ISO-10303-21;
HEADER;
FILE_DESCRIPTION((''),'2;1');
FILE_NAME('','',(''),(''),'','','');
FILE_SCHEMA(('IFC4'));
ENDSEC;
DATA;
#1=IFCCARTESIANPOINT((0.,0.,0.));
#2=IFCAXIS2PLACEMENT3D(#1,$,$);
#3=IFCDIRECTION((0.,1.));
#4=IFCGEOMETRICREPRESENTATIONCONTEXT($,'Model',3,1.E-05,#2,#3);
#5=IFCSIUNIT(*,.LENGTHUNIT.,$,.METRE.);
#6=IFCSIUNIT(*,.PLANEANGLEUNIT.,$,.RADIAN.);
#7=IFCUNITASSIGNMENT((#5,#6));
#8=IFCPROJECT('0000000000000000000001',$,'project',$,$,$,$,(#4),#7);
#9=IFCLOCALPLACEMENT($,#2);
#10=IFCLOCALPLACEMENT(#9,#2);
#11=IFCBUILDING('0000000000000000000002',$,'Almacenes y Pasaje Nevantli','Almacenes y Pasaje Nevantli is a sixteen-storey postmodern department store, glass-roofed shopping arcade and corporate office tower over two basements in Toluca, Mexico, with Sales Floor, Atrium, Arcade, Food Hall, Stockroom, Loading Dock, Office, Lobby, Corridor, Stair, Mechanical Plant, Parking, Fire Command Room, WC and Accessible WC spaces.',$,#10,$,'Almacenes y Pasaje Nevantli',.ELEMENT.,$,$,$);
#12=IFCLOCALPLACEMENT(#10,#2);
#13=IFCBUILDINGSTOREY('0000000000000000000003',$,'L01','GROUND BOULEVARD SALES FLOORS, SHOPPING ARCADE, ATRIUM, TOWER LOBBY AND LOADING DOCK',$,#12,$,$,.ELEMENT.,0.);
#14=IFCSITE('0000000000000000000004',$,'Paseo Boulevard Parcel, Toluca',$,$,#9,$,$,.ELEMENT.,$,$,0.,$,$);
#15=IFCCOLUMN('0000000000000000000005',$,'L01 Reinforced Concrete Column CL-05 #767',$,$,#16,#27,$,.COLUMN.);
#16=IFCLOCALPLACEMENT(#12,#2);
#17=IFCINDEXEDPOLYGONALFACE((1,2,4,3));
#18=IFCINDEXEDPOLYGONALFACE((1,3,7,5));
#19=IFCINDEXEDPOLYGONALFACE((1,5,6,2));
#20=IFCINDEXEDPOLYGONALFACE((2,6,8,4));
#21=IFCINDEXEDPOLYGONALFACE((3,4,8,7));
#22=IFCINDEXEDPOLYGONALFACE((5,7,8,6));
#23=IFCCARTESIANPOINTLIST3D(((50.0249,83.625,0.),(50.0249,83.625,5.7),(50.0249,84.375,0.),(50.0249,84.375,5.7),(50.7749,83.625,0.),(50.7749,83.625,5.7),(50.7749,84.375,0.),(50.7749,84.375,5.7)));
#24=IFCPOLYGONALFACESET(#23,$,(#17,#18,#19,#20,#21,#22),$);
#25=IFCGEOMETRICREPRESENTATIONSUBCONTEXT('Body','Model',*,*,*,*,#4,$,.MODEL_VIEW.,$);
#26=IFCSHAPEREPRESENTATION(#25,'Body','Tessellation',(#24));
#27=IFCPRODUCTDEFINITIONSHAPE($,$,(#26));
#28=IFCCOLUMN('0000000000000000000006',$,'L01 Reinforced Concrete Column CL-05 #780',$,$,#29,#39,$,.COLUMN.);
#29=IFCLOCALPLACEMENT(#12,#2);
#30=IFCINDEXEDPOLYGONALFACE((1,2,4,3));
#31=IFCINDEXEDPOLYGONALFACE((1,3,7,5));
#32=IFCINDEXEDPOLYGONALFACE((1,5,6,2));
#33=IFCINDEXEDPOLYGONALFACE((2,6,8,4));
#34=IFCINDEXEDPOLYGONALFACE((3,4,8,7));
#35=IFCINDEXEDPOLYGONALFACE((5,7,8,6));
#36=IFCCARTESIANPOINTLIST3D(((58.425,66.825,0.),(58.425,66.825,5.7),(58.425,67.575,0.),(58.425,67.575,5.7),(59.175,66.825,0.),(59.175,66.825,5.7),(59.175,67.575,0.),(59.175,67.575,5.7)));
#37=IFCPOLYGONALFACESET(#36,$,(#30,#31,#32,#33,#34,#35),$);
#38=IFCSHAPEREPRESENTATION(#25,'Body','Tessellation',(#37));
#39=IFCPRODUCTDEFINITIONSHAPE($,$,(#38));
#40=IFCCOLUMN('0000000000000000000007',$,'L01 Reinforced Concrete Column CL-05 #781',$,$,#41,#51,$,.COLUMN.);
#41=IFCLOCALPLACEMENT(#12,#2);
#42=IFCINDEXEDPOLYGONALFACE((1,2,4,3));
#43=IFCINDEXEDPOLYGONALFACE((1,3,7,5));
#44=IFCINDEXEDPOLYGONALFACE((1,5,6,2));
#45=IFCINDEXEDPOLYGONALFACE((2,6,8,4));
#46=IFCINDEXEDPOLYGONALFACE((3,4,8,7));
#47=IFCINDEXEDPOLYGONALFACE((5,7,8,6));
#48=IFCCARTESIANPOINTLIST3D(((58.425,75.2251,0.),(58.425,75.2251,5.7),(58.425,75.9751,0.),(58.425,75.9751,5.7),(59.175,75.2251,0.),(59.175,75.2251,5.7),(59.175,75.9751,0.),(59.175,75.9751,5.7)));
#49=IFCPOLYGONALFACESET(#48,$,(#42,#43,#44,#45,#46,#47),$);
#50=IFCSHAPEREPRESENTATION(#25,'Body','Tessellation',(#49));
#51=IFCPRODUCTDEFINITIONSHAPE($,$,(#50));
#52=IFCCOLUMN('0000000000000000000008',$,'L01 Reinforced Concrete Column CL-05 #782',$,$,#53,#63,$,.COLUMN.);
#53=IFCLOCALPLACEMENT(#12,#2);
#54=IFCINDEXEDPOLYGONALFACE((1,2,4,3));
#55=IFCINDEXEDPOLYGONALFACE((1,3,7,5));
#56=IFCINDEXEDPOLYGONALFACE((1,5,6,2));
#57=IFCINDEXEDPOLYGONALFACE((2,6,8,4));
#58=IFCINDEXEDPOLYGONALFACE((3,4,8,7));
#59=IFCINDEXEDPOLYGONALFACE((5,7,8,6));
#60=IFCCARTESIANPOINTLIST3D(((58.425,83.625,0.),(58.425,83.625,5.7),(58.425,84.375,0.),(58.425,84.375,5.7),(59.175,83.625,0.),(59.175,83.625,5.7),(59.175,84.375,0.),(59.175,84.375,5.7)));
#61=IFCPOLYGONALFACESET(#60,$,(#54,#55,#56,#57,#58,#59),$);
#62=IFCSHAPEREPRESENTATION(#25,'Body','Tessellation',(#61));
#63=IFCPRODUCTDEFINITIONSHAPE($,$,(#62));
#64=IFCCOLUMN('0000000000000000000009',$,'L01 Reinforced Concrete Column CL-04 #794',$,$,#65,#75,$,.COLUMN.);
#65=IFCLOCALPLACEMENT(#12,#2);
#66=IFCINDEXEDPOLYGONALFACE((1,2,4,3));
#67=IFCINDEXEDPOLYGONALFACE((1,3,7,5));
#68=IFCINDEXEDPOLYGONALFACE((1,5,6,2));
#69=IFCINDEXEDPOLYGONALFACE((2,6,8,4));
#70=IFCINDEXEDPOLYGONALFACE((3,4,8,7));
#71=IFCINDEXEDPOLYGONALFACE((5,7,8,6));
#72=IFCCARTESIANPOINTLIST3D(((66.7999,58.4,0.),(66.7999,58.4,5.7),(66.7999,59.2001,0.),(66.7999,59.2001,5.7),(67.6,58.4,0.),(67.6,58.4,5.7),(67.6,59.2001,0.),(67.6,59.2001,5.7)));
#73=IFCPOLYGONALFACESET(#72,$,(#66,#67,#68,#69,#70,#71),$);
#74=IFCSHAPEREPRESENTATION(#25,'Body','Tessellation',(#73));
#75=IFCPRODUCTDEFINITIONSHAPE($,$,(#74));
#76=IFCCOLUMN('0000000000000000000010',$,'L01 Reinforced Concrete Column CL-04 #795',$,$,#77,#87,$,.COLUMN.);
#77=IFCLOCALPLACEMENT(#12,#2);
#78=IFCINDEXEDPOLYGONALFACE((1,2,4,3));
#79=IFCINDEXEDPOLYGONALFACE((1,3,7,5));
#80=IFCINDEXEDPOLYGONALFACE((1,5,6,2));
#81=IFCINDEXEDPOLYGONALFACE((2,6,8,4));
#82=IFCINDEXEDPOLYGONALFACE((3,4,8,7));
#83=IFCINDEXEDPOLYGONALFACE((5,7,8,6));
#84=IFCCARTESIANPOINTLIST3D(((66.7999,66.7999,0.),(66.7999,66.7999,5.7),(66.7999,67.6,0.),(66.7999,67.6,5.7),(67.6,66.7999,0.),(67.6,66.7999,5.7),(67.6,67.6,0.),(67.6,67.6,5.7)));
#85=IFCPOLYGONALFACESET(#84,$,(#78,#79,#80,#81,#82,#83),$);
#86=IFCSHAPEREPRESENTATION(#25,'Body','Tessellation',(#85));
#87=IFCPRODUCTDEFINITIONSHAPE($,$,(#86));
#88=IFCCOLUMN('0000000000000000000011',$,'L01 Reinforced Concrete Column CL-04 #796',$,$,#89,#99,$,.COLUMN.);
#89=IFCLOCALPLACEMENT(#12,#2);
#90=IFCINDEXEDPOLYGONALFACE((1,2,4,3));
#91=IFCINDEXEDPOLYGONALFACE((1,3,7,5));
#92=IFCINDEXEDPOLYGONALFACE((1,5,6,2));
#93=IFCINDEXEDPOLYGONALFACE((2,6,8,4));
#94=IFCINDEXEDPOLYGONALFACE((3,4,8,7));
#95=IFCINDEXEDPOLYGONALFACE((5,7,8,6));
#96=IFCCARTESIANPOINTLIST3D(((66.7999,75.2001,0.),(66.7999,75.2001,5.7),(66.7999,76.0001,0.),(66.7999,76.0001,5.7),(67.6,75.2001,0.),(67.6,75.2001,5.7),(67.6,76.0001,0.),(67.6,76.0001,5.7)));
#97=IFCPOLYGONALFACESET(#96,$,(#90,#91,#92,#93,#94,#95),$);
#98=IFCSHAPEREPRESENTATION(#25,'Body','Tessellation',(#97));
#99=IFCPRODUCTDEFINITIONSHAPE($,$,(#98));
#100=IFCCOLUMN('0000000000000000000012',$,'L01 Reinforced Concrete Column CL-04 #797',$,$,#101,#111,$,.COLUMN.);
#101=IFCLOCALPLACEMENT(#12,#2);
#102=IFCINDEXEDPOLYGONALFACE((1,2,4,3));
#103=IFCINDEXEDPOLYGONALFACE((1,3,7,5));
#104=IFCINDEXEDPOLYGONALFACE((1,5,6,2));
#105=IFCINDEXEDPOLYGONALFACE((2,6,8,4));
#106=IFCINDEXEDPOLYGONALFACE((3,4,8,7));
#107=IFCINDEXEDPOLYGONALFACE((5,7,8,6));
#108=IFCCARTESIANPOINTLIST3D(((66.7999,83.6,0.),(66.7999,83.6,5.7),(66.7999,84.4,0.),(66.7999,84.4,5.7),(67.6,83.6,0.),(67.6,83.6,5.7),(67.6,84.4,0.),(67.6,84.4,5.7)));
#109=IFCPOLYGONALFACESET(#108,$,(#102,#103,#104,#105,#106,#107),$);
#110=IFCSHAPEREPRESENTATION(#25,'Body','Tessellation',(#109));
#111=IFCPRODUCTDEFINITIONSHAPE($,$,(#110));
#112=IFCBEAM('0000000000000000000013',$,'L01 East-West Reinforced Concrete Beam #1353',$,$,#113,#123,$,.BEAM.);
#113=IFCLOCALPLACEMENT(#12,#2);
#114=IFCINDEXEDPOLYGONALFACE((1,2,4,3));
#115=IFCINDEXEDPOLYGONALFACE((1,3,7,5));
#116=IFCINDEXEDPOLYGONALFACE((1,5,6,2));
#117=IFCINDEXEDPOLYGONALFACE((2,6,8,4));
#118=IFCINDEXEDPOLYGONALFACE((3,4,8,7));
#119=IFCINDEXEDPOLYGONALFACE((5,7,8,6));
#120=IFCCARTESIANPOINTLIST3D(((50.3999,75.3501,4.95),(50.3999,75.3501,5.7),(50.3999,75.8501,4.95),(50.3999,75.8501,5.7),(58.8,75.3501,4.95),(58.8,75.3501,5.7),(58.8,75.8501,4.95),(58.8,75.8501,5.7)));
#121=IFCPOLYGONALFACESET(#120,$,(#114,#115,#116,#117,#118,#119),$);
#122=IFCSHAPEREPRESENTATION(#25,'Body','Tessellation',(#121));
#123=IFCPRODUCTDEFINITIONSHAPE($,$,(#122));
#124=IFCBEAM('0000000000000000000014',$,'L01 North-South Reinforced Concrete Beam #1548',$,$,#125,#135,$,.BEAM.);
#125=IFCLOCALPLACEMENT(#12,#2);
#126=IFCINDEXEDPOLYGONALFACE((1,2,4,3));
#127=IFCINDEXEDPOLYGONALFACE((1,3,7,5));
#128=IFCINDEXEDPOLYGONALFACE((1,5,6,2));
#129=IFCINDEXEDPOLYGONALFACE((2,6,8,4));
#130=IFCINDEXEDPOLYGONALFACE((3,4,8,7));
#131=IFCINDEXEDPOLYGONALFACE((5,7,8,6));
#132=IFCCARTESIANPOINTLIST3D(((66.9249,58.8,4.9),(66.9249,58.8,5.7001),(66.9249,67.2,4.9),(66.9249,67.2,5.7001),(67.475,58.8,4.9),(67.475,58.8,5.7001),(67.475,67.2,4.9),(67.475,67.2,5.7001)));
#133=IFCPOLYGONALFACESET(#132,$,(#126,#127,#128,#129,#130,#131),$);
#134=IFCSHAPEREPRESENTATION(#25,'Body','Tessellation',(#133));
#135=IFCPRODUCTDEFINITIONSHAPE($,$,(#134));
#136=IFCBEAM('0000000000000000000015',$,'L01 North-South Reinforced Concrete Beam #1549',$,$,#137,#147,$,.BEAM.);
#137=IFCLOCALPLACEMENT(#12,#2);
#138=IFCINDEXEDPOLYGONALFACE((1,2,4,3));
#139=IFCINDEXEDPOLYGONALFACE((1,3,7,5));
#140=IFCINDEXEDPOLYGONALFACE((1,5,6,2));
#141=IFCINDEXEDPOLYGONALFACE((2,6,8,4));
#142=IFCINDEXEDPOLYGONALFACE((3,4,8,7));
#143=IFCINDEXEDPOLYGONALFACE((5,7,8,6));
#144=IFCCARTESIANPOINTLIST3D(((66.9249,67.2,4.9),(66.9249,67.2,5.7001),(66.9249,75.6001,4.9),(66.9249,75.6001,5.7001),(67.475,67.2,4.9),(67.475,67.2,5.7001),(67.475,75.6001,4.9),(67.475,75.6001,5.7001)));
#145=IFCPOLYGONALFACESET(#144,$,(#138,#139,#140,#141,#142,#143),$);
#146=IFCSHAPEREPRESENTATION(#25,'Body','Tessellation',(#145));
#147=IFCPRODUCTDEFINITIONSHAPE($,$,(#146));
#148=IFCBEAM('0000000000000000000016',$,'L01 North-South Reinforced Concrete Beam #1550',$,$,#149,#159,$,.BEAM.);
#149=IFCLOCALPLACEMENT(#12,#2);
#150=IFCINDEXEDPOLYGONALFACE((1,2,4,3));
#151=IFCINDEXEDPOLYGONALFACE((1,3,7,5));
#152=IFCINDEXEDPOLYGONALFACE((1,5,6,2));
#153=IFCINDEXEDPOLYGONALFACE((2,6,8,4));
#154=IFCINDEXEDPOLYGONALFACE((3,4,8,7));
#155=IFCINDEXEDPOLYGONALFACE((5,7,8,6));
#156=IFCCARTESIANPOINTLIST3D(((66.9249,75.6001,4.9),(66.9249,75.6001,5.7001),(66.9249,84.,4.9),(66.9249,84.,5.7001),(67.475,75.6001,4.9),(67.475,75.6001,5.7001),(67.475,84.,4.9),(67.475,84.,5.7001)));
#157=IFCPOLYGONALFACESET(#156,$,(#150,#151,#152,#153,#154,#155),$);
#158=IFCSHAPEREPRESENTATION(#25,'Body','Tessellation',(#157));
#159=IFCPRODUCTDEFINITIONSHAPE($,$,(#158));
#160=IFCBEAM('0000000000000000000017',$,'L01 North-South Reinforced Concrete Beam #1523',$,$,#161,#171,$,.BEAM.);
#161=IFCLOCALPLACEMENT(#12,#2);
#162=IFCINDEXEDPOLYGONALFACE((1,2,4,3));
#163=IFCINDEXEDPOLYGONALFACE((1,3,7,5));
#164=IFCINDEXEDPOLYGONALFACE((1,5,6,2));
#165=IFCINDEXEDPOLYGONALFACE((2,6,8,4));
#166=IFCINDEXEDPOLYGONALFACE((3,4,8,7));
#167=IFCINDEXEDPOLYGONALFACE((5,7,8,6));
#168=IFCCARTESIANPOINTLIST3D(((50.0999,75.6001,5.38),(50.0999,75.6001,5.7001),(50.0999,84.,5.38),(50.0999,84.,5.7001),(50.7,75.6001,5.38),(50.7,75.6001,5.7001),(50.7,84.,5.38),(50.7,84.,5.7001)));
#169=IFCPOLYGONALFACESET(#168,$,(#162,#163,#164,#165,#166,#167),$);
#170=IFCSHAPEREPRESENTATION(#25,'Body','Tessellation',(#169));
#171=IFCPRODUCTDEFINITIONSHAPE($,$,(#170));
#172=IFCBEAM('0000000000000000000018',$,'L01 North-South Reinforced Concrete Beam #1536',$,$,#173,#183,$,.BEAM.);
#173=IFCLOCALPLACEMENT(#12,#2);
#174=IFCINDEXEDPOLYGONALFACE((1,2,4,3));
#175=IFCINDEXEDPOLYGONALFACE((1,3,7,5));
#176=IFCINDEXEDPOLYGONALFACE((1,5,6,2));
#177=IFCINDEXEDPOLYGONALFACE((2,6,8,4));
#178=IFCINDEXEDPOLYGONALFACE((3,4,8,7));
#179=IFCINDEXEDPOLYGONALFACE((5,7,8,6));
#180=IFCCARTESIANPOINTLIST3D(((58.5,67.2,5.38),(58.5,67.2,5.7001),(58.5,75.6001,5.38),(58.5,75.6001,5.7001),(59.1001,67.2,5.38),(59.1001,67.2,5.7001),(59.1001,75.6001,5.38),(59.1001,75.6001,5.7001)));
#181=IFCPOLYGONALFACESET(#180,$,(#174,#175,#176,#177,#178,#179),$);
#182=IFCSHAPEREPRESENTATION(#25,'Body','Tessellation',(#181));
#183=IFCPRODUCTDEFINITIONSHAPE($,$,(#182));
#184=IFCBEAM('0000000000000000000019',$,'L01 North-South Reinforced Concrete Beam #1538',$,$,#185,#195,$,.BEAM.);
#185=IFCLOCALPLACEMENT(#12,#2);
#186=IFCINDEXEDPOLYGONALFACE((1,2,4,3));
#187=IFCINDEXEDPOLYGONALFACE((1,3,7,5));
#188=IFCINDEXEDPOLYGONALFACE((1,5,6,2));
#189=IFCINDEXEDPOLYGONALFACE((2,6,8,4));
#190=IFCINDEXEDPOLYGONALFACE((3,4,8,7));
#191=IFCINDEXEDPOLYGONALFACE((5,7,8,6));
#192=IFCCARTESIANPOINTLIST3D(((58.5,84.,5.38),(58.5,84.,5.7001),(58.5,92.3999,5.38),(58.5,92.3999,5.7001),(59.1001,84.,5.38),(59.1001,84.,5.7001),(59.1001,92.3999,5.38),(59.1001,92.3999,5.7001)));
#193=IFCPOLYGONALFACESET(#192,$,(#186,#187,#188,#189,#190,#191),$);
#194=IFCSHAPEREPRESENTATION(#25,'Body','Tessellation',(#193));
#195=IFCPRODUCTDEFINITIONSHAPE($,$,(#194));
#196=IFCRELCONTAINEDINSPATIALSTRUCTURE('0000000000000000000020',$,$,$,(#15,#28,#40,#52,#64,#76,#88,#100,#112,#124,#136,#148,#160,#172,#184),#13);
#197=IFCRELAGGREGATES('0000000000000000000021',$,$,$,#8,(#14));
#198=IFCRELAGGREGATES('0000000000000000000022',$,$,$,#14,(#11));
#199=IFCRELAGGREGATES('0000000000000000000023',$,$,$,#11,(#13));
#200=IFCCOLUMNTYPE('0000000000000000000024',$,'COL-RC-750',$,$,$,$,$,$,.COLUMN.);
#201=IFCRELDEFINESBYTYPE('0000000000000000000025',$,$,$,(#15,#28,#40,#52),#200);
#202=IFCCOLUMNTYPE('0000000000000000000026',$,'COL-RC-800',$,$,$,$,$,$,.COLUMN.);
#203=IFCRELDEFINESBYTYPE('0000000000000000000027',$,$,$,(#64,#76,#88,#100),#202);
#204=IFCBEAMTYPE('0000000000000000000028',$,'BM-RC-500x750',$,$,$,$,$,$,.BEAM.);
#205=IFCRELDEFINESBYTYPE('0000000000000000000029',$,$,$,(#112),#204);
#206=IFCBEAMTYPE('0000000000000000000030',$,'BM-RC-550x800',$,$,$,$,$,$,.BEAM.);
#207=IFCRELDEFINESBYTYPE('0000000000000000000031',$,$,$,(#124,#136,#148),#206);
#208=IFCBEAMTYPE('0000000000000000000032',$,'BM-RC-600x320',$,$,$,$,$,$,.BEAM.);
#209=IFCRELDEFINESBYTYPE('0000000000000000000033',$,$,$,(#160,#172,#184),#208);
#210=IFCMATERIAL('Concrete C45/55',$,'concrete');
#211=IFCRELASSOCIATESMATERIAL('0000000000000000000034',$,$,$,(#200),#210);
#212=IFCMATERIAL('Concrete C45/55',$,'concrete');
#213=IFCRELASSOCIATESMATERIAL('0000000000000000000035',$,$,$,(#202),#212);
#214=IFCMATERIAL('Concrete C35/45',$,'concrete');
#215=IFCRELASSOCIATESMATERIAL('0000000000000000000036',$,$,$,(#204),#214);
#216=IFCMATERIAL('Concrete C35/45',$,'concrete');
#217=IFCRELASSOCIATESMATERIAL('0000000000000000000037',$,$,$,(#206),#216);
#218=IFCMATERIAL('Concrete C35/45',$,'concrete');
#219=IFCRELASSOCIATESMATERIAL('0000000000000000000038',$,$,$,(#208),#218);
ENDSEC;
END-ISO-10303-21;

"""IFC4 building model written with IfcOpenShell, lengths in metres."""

from ifc_helpers import new_model, si_unit, direction, frame, origin, origin_2d, place, context, subcontext, project, spatial, rectangle, extrude, material, material_profile, profile_set, type_object, element, save


model = new_model("IFC4")

# Units and contexts
model_context = context("Model", 3, precision=1e-05, world=origin(), true_north=direction((0.0, 1.0)))
body_context = subcontext(model_context, "Body", "Model", "MODEL_VIEW")
ifc_project = project(units=[si_unit("LENGTHUNIT", "METRE"), si_unit("PLANEANGLEUNIT", "RADIAN")], contexts=[model_context])

# Site, building, storey
site_placement = place(None, origin())
site = spatial("IfcSite", under=ifc_project, at=site_placement, Name="Paseo Boulevard Parcel, Toluca", CompositionType="ELEMENT", RefElevation=0.0)
building_placement = place(site_placement, origin())
building = spatial("IfcBuilding", under=site, at=building_placement, Name="Almacenes y Pasaje Nevantli", Description="Almacenes y Pasaje Nevantli is a sixteen-storey postmodern department store, glass-roofed shopping arcade and corporate office tower over two basements in Toluca, Mexico, with Sales Floor, Atrium, Arcade, Food Hall, Stockroom, Loading Dock, Office, Lobby, Corridor, Stair, Mechanical Plant, Parking, Fire Command Room, WC and Accessible WC spaces.", LongName="Almacenes y Pasaje Nevantli", CompositionType="ELEMENT")
storey_placement = place(building_placement, origin())
storey = spatial("IfcBuildingStorey", under=building, at=storey_placement, Name="L01", Description="GROUND BOULEVARD SALES FLOORS, SHOPPING ARCADE, ATRIUM, TOWER LOBBY AND LOADING DOCK", CompositionType="ELEMENT", Elevation=0.0)

# Columns
ifc_material_1 = material(Name="Concrete C45/55", Category="concrete")
ifc_material_profile_1 = material_profile(ifc_material_1, rectangle(XDim=0.75, YDim=0.75, at=origin_2d()), Name="RC-COL-750x750")
ifc_profile_set_1 = profile_set([ifc_material_profile_1], Name="Concrete C45/55")
column_type_1 = type_object("IfcColumnType", Name="COL-RC-750", PredefinedType="COLUMN", material=ifc_profile_set_1)
for number, where, z_axis, x_axis, name in (
    (1, (50.3999, 84.0, 0.0), (0.0, 0.0, 1.0), (1.0, 0.0, 0.0), "L01 Reinforced Concrete Column CL-05 #767"),
    (2, (58.8, 67.2, 0.0), (0.0, 0.0, 1.0), (1.0, 0.0, 0.0), "L01 Reinforced Concrete Column CL-05 #780"),
    (3, (58.8, 75.6001, 0.0), (0.0, 0.0, 1.0), (1.0, 0.0, 0.0), "L01 Reinforced Concrete Column CL-05 #781"),
    (4, (58.8, 84.0, 0.0), (0.0, 0.0, 1.0), (1.0, 0.0, 0.0), "L01 Reinforced Concrete Column CL-05 #782"),
):
    element("IfcColumn", number, at=place(storey_placement, frame(where, z_axis=z_axis, x_axis=x_axis)), inside=storey, type_object=column_type_1, Name=name, PredefinedType="COLUMN", context=body_context, shape_type="SweptSolid", body=[
        extrude(rectangle(XDim=0.75, YDim=0.75, at=origin_2d()), origin(), (0.0, 0.0, 1.0), 5.7),
    ])
ifc_material_2 = material(Name="Concrete C45/55", Category="concrete")
ifc_material_profile_2 = material_profile(ifc_material_2, rectangle(XDim=0.8, YDim=0.8, at=origin_2d()), Name="RC-COL-800x800")
ifc_profile_set_2 = profile_set([ifc_material_profile_2], Name="Concrete C45/55")
column_type_2 = type_object("IfcColumnType", Name="COL-RC-800", PredefinedType="COLUMN", material=ifc_profile_set_2)
for number, where, z_axis, x_axis, name in (
    (5, (67.2, 58.8, 0.0), (0.0, 0.0, 1.0), (1.0, 0.0, 0.0), "L01 Reinforced Concrete Column CL-04 #794"),
    (6, (67.2, 67.2, 0.0), (0.0, 0.0, 1.0), (1.0, 0.0, 0.0), "L01 Reinforced Concrete Column CL-04 #795"),
    (7, (67.2, 75.6001, 0.0), (0.0, 0.0, 1.0), (1.0, 0.0, 0.0), "L01 Reinforced Concrete Column CL-04 #796"),
    (8, (67.2, 84.0, 0.0), (0.0, 0.0, 1.0), (1.0, 0.0, 0.0), "L01 Reinforced Concrete Column CL-04 #797"),
):
    element("IfcColumn", number, at=place(storey_placement, frame(where, z_axis=z_axis, x_axis=x_axis)), inside=storey, type_object=column_type_2, Name=name, PredefinedType="COLUMN", context=body_context, shape_type="SweptSolid", body=[
        extrude(rectangle(XDim=0.8, YDim=0.8, at=origin_2d()), origin(), (0.0, 0.0, 1.0), 5.7),
    ])

# Beams
ifc_material_3 = material(Name="Concrete C35/45", Category="concrete")
ifc_material_profile_3 = material_profile(ifc_material_3, rectangle(XDim=0.5, YDim=0.75, at=origin_2d()), Name="RC-BM-500x750")
ifc_profile_set_3 = profile_set([ifc_material_profile_3], Name="Concrete C35/45")
beam_type_1 = type_object("IfcBeamType", Name="BM-RC-500x750", PredefinedType="BEAM", material=ifc_profile_set_3)
beam_1_placement = place(storey_placement, frame((50.3999, 75.6001, 5.325), z_axis=(1.0, 0.0, 0.0), x_axis=(0.0, 1.0, 0.0)))
element("IfcBeam", 9, at=beam_1_placement, inside=storey, type_object=beam_type_1, Name="L01 East-West Reinforced Concrete Beam #1353", PredefinedType="BEAM", context=body_context, shape_type="SweptSolid", body=[
    extrude(rectangle(XDim=0.5, YDim=0.75, at=origin_2d()), origin(), (0.0, 0.0, 1.0), 8.4001),
])
ifc_material_4 = material(Name="Concrete C35/45", Category="concrete")
ifc_material_profile_4 = material_profile(ifc_material_4, rectangle(XDim=0.55, YDim=0.8, at=origin_2d()), Name="RC-BM-550x800")
ifc_profile_set_4 = profile_set([ifc_material_profile_4], Name="Concrete C35/45")
beam_type_2 = type_object("IfcBeamType", Name="BM-RC-550x800", PredefinedType="BEAM", material=ifc_profile_set_4)
beam_2_placement = place(storey_placement, frame((67.2, 58.8, 5.3), z_axis=(0.0, 1.0, 0.0), x_axis=(-1.0, 0.0, 0.0)))
element("IfcBeam", 10, at=beam_2_placement, inside=storey, type_object=beam_type_2, Name="L01 North-South Reinforced Concrete Beam #1548", PredefinedType="BEAM", context=body_context, shape_type="SweptSolid", body=[
    extrude(rectangle(XDim=0.55, YDim=0.8, at=origin_2d()), origin(), (0.0, 0.0, 1.0), 8.3999),
])
beam_3_placement = place(storey_placement, frame((67.2, 67.2, 5.3), z_axis=(0.0, 1.0, 0.0), x_axis=(-1.0, 0.0, 0.0)))
element("IfcBeam", 11, at=beam_3_placement, inside=storey, type_object=beam_type_2, Name="L01 North-South Reinforced Concrete Beam #1549", PredefinedType="BEAM", context=body_context, shape_type="SweptSolid", body=[
    extrude(rectangle(XDim=0.55, YDim=0.8, at=origin_2d()), origin(), (0.0, 0.0, 1.0), 8.4001),
])
beam_4_placement = place(storey_placement, frame((67.2, 75.6001, 5.3), z_axis=(0.0, 1.0, 0.0), x_axis=(-1.0, 0.0, 0.0)))
element("IfcBeam", 12, at=beam_4_placement, inside=storey, type_object=beam_type_2, Name="L01 North-South Reinforced Concrete Beam #1550", PredefinedType="BEAM", context=body_context, shape_type="SweptSolid", body=[
    extrude(rectangle(XDim=0.55, YDim=0.8, at=origin_2d()), origin(), (0.0, 0.0, 1.0), 8.3999),
])
ifc_material_5 = material(Name="Concrete C35/45", Category="concrete")
ifc_material_profile_5 = material_profile(ifc_material_5, rectangle(XDim=0.6001, YDim=0.3201, at=origin_2d()), Name="RC-BM-600x320")
ifc_profile_set_5 = profile_set([ifc_material_profile_5], Name="Concrete C35/45")
beam_type_3 = type_object("IfcBeamType", Name="BM-RC-600x320", PredefinedType="BEAM", material=ifc_profile_set_5)
beam_5_placement = place(storey_placement, frame((50.3999, 75.6001, 5.54), z_axis=(0.0, 1.0, 0.0), x_axis=(-1.0, 0.0, 0.0)))
element("IfcBeam", 13, at=beam_5_placement, inside=storey, type_object=beam_type_3, Name="L01 North-South Reinforced Concrete Beam #1523", PredefinedType="BEAM", context=body_context, shape_type="SweptSolid", body=[
    extrude(rectangle(XDim=0.6001, YDim=0.3201, at=origin_2d()), origin(), (0.0, 0.0, 1.0), 8.3999),
])
beam_6_placement = place(storey_placement, frame((58.8, 67.2, 5.54), z_axis=(0.0, 1.0, 0.0), x_axis=(-1.0, 0.0, 0.0)))
element("IfcBeam", 14, at=beam_6_placement, inside=storey, type_object=beam_type_3, Name="L01 North-South Reinforced Concrete Beam #1536", PredefinedType="BEAM", context=body_context, shape_type="SweptSolid", body=[
    extrude(rectangle(XDim=0.6001, YDim=0.3201, at=origin_2d()), origin(), (0.0, 0.0, 1.0), 8.4001),
])
beam_7_placement = place(storey_placement, frame((58.8, 84.0, 5.54), z_axis=(0.0, 1.0, 0.0), x_axis=(-1.0, 0.0, 0.0)))
element("IfcBeam", 15, at=beam_7_placement, inside=storey, type_object=beam_type_3, Name="L01 North-South Reinforced Concrete Beam #1538", PredefinedType="BEAM", context=body_context, shape_type="SweptSolid", body=[
    extrude(rectangle(XDim=0.6001, YDim=0.3201, at=origin_2d()), origin(), (0.0, 0.0, 1.0), 8.3999),
])

save(model, "model.ifc")
